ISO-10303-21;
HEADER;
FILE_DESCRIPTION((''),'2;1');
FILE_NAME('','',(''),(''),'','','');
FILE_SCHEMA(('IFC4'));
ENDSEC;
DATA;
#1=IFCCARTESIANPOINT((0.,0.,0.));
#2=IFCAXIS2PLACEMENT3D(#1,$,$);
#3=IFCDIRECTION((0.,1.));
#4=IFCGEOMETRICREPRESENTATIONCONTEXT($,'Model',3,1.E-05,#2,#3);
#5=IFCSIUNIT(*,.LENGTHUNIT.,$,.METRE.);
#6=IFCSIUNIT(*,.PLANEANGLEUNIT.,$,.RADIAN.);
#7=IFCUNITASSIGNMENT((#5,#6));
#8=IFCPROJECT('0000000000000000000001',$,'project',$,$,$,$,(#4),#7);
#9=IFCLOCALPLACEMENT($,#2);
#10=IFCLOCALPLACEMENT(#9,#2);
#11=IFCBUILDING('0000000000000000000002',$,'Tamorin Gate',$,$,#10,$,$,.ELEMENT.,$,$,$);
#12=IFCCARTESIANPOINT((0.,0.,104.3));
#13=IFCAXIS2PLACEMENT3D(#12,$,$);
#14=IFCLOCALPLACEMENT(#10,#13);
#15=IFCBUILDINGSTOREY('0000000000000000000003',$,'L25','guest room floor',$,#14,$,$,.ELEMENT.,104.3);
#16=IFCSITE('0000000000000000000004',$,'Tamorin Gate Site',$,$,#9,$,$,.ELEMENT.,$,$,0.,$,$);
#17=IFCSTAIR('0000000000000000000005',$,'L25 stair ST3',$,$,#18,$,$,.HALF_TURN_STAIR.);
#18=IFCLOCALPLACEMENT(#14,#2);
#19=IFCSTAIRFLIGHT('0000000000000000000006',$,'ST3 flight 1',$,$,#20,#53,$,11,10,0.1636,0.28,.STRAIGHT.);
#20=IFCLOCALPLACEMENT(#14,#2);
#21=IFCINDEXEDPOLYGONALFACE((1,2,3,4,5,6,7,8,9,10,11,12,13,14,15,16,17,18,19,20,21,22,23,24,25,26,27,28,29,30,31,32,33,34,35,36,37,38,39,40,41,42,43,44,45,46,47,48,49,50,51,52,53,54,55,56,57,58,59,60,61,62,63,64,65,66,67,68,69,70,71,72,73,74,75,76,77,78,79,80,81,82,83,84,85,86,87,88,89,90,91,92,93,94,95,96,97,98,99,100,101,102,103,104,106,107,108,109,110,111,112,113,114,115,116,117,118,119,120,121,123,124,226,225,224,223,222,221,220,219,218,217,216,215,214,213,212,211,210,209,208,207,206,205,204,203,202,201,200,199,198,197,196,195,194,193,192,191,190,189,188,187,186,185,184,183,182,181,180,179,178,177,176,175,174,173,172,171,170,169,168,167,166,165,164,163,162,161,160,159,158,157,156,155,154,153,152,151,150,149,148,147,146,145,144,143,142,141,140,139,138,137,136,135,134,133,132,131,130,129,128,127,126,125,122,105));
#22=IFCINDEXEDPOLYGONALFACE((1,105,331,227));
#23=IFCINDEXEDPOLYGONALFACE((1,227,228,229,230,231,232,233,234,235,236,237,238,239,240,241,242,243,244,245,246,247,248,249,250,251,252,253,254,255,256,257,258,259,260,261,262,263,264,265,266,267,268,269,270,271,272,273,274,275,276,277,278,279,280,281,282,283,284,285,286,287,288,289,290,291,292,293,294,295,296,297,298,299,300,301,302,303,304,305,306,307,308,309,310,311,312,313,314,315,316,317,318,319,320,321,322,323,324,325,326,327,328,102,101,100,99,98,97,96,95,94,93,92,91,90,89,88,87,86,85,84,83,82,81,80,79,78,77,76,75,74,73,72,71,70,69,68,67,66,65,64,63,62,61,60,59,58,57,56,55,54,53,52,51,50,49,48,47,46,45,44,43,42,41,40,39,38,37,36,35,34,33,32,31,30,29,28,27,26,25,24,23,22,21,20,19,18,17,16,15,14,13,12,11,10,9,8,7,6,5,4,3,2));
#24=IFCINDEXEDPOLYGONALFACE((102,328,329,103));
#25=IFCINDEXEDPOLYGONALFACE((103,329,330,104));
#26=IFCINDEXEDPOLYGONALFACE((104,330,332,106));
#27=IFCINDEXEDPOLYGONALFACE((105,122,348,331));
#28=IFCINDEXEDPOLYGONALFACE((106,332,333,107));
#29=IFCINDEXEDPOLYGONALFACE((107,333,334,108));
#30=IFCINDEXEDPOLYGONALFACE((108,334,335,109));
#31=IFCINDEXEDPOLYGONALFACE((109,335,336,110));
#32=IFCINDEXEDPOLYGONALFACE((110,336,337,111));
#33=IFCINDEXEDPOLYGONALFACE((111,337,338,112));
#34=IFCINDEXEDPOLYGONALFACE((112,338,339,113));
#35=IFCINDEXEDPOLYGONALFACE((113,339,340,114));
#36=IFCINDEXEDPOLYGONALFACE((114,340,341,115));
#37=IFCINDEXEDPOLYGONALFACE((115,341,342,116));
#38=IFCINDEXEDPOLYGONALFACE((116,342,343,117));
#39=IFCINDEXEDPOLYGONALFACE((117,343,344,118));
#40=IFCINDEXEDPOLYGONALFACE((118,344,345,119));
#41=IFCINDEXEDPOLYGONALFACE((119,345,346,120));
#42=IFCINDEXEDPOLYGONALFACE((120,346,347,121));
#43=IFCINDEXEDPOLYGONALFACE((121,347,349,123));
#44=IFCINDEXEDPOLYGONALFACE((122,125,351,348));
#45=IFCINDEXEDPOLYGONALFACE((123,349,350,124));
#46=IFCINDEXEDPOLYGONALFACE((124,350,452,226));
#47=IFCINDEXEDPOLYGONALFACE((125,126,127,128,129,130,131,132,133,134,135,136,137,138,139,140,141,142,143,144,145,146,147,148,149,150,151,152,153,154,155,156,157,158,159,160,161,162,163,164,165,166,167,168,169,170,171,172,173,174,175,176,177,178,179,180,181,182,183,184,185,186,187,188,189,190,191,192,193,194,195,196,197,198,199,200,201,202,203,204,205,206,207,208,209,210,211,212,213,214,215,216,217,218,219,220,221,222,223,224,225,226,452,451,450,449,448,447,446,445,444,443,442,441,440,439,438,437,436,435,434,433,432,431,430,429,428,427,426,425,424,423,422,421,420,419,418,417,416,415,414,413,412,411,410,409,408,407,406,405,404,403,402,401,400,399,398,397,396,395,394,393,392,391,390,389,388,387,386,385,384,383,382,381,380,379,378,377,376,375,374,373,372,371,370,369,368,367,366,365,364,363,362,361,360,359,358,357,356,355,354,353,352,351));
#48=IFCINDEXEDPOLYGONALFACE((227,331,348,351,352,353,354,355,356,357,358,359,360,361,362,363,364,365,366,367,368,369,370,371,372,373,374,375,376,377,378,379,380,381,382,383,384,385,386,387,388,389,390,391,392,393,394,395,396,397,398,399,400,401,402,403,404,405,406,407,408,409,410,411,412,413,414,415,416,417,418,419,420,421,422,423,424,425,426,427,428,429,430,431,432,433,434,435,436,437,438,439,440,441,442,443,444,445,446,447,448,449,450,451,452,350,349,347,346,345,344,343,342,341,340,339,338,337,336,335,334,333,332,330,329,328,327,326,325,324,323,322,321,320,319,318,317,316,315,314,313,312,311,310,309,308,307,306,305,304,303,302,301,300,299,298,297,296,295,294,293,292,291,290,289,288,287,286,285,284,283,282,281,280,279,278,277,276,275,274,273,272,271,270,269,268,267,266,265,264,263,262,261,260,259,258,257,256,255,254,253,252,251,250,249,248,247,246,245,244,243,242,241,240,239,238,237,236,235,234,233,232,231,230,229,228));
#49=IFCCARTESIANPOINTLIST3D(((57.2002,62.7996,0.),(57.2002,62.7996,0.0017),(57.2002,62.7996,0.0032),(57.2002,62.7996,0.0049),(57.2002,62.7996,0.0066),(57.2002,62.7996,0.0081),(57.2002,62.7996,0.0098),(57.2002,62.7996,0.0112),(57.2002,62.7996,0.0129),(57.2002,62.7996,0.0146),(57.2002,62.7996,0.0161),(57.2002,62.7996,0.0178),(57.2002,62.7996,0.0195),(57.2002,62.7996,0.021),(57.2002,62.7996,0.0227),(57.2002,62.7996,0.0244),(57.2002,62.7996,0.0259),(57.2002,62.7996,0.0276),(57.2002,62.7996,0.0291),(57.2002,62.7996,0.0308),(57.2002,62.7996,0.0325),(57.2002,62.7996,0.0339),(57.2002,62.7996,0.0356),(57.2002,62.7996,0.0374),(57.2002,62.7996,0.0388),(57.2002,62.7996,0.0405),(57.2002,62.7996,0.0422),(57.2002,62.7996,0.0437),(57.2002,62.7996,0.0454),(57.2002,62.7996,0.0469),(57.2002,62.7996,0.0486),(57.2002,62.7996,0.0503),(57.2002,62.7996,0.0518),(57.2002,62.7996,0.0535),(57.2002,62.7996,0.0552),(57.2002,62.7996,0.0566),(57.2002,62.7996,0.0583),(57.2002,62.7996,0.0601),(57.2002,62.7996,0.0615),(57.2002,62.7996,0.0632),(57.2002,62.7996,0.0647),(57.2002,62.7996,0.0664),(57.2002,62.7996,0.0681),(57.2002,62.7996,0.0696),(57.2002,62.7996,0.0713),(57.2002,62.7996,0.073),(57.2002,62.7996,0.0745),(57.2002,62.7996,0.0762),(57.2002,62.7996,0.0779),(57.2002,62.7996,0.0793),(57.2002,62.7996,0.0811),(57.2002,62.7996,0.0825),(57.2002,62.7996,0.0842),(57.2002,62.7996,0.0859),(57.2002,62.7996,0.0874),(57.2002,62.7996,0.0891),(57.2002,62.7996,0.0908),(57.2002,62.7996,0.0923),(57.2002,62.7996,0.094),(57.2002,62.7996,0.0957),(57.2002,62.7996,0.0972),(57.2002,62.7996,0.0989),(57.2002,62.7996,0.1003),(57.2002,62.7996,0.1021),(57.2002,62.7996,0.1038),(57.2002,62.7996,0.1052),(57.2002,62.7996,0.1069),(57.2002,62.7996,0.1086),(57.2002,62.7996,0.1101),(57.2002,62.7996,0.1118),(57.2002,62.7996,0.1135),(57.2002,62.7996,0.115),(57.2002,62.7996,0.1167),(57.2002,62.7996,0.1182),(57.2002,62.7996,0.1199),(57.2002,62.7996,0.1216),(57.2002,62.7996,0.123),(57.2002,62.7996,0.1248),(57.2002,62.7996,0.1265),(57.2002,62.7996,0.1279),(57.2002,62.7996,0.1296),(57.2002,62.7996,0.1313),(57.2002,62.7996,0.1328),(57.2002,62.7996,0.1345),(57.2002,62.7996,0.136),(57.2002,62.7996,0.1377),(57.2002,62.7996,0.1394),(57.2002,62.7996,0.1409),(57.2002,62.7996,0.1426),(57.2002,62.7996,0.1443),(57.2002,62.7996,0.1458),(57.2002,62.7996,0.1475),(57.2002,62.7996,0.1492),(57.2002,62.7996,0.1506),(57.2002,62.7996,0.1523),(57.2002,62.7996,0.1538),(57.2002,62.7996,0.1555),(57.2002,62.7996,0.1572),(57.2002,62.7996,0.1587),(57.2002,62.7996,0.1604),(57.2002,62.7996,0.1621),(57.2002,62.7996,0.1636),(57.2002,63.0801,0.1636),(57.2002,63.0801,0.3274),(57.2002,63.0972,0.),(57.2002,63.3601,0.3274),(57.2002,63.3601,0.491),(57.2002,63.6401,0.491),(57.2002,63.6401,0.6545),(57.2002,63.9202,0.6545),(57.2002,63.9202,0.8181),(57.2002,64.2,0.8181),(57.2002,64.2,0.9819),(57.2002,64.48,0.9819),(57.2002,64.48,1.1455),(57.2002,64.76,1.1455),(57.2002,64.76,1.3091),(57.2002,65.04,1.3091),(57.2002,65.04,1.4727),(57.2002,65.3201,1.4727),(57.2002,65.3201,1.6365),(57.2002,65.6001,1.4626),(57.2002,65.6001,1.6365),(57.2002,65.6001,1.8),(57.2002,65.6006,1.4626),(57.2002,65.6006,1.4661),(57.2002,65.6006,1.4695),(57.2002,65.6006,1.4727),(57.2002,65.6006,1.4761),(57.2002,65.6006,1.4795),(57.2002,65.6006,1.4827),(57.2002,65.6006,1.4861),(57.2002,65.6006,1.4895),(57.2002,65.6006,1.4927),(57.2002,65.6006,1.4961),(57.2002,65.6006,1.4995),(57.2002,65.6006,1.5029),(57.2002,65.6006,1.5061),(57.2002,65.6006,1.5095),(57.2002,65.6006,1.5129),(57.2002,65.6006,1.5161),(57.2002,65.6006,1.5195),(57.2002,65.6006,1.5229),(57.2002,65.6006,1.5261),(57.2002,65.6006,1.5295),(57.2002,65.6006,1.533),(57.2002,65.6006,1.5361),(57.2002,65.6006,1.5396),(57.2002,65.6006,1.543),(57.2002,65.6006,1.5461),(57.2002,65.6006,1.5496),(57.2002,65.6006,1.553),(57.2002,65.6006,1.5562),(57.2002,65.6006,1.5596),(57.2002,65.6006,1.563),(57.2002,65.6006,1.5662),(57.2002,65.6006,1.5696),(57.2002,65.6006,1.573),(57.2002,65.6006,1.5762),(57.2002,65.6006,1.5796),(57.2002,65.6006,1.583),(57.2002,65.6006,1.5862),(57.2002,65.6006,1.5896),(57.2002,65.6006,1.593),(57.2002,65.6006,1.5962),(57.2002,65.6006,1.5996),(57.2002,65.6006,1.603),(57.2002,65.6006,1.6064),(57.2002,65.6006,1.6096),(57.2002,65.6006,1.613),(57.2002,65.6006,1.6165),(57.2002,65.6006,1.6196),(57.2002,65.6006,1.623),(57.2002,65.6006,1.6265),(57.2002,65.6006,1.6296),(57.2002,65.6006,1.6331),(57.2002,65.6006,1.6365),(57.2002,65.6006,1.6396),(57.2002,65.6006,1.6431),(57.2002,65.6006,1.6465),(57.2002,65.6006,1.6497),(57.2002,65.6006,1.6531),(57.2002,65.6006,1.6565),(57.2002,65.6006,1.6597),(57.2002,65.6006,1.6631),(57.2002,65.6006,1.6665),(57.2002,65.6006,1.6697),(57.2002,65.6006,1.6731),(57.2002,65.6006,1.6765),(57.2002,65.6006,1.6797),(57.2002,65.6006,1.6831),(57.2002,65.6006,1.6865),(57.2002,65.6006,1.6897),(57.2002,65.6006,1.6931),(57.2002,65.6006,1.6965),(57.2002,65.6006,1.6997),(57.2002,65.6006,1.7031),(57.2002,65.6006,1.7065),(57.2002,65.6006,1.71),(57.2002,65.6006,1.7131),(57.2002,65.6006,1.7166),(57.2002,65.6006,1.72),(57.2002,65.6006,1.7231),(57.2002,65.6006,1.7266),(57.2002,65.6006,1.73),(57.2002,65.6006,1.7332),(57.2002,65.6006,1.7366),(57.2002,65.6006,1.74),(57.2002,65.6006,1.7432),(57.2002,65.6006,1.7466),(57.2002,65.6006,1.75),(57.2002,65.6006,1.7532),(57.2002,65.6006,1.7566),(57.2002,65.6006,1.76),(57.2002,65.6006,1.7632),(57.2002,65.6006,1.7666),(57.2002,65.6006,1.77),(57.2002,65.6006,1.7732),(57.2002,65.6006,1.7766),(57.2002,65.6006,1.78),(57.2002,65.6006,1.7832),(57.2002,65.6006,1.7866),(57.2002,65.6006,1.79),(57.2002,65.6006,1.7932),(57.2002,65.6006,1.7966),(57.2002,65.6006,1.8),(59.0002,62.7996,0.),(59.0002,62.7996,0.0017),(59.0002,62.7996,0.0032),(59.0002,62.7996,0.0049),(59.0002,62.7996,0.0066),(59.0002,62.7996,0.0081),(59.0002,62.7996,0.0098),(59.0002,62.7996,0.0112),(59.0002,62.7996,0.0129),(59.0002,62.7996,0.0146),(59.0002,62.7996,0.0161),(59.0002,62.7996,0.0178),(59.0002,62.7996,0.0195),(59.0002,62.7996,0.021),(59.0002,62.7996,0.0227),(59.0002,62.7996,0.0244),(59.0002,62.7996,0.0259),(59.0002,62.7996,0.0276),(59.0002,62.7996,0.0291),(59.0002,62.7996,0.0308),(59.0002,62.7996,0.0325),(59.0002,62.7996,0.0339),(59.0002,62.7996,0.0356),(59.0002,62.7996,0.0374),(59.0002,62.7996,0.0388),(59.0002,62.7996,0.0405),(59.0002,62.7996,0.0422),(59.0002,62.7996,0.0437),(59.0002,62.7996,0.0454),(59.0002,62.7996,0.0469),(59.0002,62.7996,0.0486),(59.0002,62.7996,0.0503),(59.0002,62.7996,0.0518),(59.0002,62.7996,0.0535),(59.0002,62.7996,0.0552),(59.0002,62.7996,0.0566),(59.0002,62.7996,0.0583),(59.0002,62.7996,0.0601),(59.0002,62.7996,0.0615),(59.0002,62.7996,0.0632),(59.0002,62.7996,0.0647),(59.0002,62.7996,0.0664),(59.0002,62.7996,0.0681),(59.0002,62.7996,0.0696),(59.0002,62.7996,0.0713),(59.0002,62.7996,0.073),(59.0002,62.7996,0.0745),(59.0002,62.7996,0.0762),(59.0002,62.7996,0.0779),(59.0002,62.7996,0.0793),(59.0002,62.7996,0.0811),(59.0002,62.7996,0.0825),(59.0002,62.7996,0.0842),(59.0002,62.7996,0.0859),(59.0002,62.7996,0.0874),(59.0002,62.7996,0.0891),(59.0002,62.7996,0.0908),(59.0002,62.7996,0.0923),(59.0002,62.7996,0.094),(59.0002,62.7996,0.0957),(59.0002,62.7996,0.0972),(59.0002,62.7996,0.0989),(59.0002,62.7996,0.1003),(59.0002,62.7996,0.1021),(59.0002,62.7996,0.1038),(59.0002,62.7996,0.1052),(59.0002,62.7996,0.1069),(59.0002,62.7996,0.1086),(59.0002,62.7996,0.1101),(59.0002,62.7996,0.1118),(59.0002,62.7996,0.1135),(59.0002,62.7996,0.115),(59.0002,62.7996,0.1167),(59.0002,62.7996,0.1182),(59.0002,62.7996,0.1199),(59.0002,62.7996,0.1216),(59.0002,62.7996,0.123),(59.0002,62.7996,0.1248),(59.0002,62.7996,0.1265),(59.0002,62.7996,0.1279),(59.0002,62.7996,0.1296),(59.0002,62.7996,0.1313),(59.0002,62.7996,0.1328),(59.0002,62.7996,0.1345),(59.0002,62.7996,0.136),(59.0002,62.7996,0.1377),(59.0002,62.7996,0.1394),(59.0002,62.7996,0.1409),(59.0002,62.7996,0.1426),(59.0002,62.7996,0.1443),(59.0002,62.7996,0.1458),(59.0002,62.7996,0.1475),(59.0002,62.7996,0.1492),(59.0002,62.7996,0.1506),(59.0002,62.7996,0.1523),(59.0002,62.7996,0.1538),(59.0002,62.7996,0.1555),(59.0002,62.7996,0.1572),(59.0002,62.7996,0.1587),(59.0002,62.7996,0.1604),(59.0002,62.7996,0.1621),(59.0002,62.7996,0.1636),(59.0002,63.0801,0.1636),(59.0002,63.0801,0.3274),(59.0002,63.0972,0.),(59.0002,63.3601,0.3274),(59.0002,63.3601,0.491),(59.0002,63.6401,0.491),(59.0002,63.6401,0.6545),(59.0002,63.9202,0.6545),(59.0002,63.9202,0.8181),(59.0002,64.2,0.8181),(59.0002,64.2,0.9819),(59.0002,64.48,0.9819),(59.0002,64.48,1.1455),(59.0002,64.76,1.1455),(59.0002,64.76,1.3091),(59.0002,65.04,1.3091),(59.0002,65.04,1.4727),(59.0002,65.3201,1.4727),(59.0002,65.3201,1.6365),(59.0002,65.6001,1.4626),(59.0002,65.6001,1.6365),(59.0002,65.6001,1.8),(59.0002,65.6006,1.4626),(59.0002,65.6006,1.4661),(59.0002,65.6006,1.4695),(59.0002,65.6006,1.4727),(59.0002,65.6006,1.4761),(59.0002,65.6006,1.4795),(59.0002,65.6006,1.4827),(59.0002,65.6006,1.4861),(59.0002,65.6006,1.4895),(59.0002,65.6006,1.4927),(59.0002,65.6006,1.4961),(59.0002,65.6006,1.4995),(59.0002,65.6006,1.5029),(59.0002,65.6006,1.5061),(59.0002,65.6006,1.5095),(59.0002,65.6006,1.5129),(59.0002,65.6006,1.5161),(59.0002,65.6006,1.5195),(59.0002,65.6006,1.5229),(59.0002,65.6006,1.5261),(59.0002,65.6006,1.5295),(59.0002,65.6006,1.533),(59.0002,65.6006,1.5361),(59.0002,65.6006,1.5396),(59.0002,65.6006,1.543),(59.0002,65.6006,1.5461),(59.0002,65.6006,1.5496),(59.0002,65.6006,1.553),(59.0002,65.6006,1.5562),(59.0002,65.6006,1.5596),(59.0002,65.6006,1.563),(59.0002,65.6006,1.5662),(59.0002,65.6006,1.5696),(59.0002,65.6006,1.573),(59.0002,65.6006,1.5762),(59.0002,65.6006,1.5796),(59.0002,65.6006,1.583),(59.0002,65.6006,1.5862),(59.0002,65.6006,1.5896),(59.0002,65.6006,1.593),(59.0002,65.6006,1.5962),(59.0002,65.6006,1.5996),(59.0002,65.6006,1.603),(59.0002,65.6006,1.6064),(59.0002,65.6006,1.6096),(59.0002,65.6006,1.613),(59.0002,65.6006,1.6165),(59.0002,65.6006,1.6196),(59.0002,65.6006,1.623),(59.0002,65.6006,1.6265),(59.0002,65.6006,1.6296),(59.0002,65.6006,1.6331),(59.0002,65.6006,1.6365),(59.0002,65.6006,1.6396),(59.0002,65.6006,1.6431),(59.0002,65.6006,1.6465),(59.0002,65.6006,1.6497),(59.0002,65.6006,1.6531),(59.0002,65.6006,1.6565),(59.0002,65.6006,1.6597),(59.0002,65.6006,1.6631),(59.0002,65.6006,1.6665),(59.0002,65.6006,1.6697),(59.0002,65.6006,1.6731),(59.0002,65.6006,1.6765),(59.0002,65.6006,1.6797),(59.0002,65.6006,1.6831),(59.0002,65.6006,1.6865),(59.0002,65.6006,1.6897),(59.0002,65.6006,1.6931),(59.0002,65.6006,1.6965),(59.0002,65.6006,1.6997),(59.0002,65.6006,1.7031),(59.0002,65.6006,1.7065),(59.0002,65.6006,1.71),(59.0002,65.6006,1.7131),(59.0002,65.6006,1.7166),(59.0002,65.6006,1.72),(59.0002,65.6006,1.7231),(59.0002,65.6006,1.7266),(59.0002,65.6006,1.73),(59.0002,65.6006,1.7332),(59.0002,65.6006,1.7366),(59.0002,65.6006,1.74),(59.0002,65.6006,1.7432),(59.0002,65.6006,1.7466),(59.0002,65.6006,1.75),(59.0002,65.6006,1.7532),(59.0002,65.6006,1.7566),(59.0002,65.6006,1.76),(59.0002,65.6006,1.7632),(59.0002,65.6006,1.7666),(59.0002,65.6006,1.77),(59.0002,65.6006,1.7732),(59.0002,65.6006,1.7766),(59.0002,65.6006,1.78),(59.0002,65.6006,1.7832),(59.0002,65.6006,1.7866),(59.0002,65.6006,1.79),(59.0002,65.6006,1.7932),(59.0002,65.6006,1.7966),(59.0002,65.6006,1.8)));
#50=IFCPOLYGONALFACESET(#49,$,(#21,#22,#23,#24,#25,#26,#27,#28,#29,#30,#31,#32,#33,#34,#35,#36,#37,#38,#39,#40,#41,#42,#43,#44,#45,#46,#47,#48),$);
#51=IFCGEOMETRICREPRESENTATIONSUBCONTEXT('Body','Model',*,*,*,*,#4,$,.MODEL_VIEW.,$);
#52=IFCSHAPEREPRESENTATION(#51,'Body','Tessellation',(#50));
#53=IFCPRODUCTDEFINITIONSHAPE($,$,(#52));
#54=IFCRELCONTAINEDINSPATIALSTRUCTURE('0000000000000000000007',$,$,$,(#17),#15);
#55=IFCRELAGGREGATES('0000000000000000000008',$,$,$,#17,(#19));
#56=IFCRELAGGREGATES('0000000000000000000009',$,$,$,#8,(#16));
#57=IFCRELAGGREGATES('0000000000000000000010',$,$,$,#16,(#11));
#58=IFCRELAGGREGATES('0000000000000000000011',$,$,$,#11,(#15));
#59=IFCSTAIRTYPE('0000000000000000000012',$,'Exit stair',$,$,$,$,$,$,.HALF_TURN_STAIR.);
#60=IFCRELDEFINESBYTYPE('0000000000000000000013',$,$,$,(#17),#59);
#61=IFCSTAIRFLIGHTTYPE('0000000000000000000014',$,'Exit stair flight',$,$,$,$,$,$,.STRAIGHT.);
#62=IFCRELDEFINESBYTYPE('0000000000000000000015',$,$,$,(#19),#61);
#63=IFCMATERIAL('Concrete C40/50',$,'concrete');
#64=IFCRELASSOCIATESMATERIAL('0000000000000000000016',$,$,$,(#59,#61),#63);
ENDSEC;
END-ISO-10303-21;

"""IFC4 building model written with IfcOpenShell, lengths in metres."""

from ifc_helpers import new_model, si_unit, direction, frame, origin, place, context, subcontext, project, spatial, polyline, outline, extrude, material, type_object, element, aggregate, save


model = new_model("IFC4")

# Units and contexts
model_context = context("Model", 3, precision=1e-05, world=origin(), true_north=direction((0.0, 1.0)))
body_context = subcontext(model_context, "Body", "Model", "MODEL_VIEW")
ifc_project = project(units=[si_unit("LENGTHUNIT", "METRE"), si_unit("PLANEANGLEUNIT", "RADIAN")], contexts=[model_context])

# Site, building, storey
site_placement = place(None, origin())
site = spatial("IfcSite", under=ifc_project, at=site_placement, Name="Tamorin Gate Site", CompositionType="ELEMENT", RefElevation=0.0)
building_placement = place(site_placement, origin())
building = spatial("IfcBuilding", under=site, at=building_placement, Name="Tamorin Gate", CompositionType="ELEMENT")
storey_placement = place(building_placement, frame((0.0, 0.0, 104.3)))
storey = spatial("IfcBuildingStorey", under=building, at=storey_placement, Name="L25", Description="guest room floor", CompositionType="ELEMENT", Elevation=104.3)

# Shared definitions
ifc_material_1 = material(Name="Concrete C40/50", Category="concrete")

# Stair, stair flight
stair_type = type_object("IfcStairType", Name="Exit stair", PredefinedType="HALF_TURN_STAIR", material=ifc_material_1)
stair_placement = place(storey_placement, origin())
stair = element("IfcStair", 1, at=stair_placement, inside=storey, type_object=stair_type, Name="L25 stair ST3", PredefinedType="HALF_TURN_STAIR")
stair_flight_type = type_object("IfcStairFlightType", Name="Exit stair flight", PredefinedType="STRAIGHT", material=ifc_material_1)
stair_flight_1_placement = place(storey_placement, frame((58.1001, 62.8, 0.0), z_axis=(0.0, 0.0, 1.0), x_axis=(0.0, 1.0, 0.0)))
stair_flight_1 = element("IfcStairFlight", 2, at=stair_flight_1_placement, type_object=stair_flight_type, Name="ST3 flight 1", NumberOfRisers=11, NumberOfTreads=10, PredefinedType="STRAIGHT", RiserHeight=0.1636, TreadLength=0.28, context=body_context, shape_type="SweptSolid", body=[
    extrude(outline(polyline([(-0.0005, 0.0), (-0.0005, 0.0017), (-0.0005, 0.0032), (-0.0005, 0.0049), (-0.0005, 0.0066), (-0.0005, 0.0081), (-0.0005, 0.0098), (-0.0005, 0.0112), (-0.0005, 0.0129), (-0.0005, 0.0146), (-0.0005, 0.0161), (-0.0005, 0.0178), (-0.0005, 0.0195), (-0.0005, 0.021), (-0.0005, 0.0227), (-0.0005, 0.0244), (-0.0005, 0.0259), (-0.0005, 0.0276), (-0.0005, 0.0291), (-0.0005, 0.0308), (-0.0005, 0.0325), (-0.0005, 0.0339), (-0.0005, 0.0356), (-0.0005, 0.0374), (-0.0005, 0.0388), (-0.0005, 0.0405), (-0.0005, 0.0422), (-0.0005, 0.0437), (-0.0005, 0.0454), (-0.0005, 0.0469), (-0.0005, 0.0486), (-0.0005, 0.0503), (-0.0005, 0.0518), (-0.0005, 0.0535), (-0.0005, 0.0552), (-0.0005, 0.0566), (-0.0005, 0.0583), (-0.0005, 0.0601), (-0.0005, 0.0615), (-0.0005, 0.0632), (-0.0005, 0.0647), (-0.0005, 0.0664), (-0.0005, 0.0681), (-0.0005, 0.0696), (-0.0005, 0.0713), (-0.0005, 0.073), (-0.0005, 0.0745), (-0.0005, 0.0762), (-0.0005, 0.0779), (-0.0005, 0.0793), (-0.0005, 0.0811), (-0.0005, 0.0825), (-0.0005, 0.0842), (-0.0005, 0.0859), (-0.0005, 0.0874), (-0.0005, 0.0891), (-0.0005, 0.0908), (-0.0005, 0.0923), (-0.0005, 0.094), (-0.0005, 0.0957), (-0.0005, 0.0972), (-0.0005, 0.0989), (-0.0005, 0.1003), (-0.0005, 0.1021), (-0.0005, 0.1038), (-0.0005, 0.1052), (-0.0005, 0.1069), (-0.0005, 0.1086), (-0.0005, 0.1101), (-0.0005, 0.1118), (-0.0005, 0.1135), (-0.0005, 0.115), (-0.0005, 0.1167), (-0.0005, 0.1182), (-0.0005, 0.1199), (-0.0005, 0.1216), (-0.0005, 0.123), (-0.0005, 0.1248), (-0.0005, 0.1265), (-0.0005, 0.1279), (-0.0005, 0.1296), (-0.0005, 0.1313), (-0.0005, 0.1328), (-0.0005, 0.1345), (-0.0005, 0.136), (-0.0005, 0.1377), (-0.0005, 0.1394), (-0.0005, 0.1409), (-0.0005, 0.1426), (-0.0005, 0.1443), (-0.0005, 0.1458), (-0.0005, 0.1475), (-0.0005, 0.1492), (-0.0005, 0.1506), (-0.0005, 0.1523), (-0.0005, 0.1538), (-0.0005, 0.1555), (-0.0005, 0.1572), (-0.0005, 0.1587), (-0.0005, 0.1604), (-0.0005, 0.1621), (-0.0005, 0.1636), (0.28, 0.1636), (0.28, 0.3274), (0.5601, 0.3274), (0.5601, 0.491), (0.8401, 0.491), (0.8401, 0.6545), (1.1201, 0.6545), (1.1201, 0.8181), (1.3999, 0.8181), (1.3999, 0.9819), (1.6799, 0.9819), (1.6799, 1.1455), (1.96, 1.1455), (1.96, 1.3091), (2.24, 1.3091), (2.24, 1.4727), (2.52, 1.4727), (2.52, 1.6365), (2.8, 1.6365), (2.8, 1.8), (2.8005, 1.8), (2.8005, 1.7966), (2.8005, 1.7932), (2.8005, 1.79), (2.8005, 1.7866), (2.8005, 1.7832), (2.8005, 1.78), (2.8005, 1.7766), (2.8005, 1.7732), (2.8005, 1.77), (2.8005, 1.7666), (2.8005, 1.7632), (2.8005, 1.76), (2.8005, 1.7566), (2.8005, 1.7532), (2.8005, 1.75), (2.8005, 1.7466), (2.8005, 1.7432), (2.8005, 1.74), (2.8005, 1.7366), (2.8005, 1.7332), (2.8005, 1.73), (2.8005, 1.7266), (2.8005, 1.7231), (2.8005, 1.72), (2.8005, 1.7166), (2.8005, 1.7131), (2.8005, 1.71), (2.8005, 1.7065), (2.8005, 1.7031), (2.8005, 1.6997), (2.8005, 1.6965), (2.8005, 1.6931), (2.8005, 1.6897), (2.8005, 1.6865), (2.8005, 1.6831), (2.8005, 1.6797), (2.8005, 1.6765), (2.8005, 1.6731), (2.8005, 1.6697), (2.8005, 1.6665), (2.8005, 1.6631), (2.8005, 1.6597), (2.8005, 1.6565), (2.8005, 1.6531), (2.8005, 1.6497), (2.8005, 1.6465), (2.8005, 1.6431), (2.8005, 1.6396), (2.8005, 1.6365), (2.8005, 1.6331), (2.8005, 1.6296), (2.8005, 1.6265), (2.8005, 1.623), (2.8005, 1.6196), (2.8005, 1.6165), (2.8005, 1.613), (2.8005, 1.6096), (2.8005, 1.6064), (2.8005, 1.603), (2.8005, 1.5996), (2.8005, 1.5962), (2.8005, 1.593), (2.8005, 1.5896), (2.8005, 1.5862), (2.8005, 1.583), (2.8005, 1.5796), (2.8005, 1.5762), (2.8005, 1.573), (2.8005, 1.5696), (2.8005, 1.5662), (2.8005, 1.563), (2.8005, 1.5596), (2.8005, 1.5562), (2.8005, 1.553), (2.8005, 1.5496), (2.8005, 1.5461), (2.8005, 1.543), (2.8005, 1.5396), (2.8005, 1.5361), (2.8005, 1.533), (2.8005, 1.5295), (2.8005, 1.5261), (2.8005, 1.5229), (2.8005, 1.5195), (2.8005, 1.5161), (2.8005, 1.5129), (2.8005, 1.5095), (2.8005, 1.5061), (2.8005, 1.5029), (2.8005, 1.4995), (2.8005, 1.4961), (2.8005, 1.4927), (2.8005, 1.4895), (2.8005, 1.4861), (2.8005, 1.4827), (2.8005, 1.4795), (2.8005, 1.4761), (2.8005, 1.4727), (2.8005, 1.4695), (2.8005, 1.4661), (2.8005, 1.4626), (2.8, 1.4626), (0.2971, 0.0), (-0.0005, 0.0)])), frame((0.0, 0.8999, 0.0), z_axis=(0.0, -1.0, 0.0), x_axis=(1.0, 0.0, 0.0)), (0.0, 0.0, 1.0), 1.8),
])
aggregate(stair, [stair_flight_1])

save(model, "model.ifc")
